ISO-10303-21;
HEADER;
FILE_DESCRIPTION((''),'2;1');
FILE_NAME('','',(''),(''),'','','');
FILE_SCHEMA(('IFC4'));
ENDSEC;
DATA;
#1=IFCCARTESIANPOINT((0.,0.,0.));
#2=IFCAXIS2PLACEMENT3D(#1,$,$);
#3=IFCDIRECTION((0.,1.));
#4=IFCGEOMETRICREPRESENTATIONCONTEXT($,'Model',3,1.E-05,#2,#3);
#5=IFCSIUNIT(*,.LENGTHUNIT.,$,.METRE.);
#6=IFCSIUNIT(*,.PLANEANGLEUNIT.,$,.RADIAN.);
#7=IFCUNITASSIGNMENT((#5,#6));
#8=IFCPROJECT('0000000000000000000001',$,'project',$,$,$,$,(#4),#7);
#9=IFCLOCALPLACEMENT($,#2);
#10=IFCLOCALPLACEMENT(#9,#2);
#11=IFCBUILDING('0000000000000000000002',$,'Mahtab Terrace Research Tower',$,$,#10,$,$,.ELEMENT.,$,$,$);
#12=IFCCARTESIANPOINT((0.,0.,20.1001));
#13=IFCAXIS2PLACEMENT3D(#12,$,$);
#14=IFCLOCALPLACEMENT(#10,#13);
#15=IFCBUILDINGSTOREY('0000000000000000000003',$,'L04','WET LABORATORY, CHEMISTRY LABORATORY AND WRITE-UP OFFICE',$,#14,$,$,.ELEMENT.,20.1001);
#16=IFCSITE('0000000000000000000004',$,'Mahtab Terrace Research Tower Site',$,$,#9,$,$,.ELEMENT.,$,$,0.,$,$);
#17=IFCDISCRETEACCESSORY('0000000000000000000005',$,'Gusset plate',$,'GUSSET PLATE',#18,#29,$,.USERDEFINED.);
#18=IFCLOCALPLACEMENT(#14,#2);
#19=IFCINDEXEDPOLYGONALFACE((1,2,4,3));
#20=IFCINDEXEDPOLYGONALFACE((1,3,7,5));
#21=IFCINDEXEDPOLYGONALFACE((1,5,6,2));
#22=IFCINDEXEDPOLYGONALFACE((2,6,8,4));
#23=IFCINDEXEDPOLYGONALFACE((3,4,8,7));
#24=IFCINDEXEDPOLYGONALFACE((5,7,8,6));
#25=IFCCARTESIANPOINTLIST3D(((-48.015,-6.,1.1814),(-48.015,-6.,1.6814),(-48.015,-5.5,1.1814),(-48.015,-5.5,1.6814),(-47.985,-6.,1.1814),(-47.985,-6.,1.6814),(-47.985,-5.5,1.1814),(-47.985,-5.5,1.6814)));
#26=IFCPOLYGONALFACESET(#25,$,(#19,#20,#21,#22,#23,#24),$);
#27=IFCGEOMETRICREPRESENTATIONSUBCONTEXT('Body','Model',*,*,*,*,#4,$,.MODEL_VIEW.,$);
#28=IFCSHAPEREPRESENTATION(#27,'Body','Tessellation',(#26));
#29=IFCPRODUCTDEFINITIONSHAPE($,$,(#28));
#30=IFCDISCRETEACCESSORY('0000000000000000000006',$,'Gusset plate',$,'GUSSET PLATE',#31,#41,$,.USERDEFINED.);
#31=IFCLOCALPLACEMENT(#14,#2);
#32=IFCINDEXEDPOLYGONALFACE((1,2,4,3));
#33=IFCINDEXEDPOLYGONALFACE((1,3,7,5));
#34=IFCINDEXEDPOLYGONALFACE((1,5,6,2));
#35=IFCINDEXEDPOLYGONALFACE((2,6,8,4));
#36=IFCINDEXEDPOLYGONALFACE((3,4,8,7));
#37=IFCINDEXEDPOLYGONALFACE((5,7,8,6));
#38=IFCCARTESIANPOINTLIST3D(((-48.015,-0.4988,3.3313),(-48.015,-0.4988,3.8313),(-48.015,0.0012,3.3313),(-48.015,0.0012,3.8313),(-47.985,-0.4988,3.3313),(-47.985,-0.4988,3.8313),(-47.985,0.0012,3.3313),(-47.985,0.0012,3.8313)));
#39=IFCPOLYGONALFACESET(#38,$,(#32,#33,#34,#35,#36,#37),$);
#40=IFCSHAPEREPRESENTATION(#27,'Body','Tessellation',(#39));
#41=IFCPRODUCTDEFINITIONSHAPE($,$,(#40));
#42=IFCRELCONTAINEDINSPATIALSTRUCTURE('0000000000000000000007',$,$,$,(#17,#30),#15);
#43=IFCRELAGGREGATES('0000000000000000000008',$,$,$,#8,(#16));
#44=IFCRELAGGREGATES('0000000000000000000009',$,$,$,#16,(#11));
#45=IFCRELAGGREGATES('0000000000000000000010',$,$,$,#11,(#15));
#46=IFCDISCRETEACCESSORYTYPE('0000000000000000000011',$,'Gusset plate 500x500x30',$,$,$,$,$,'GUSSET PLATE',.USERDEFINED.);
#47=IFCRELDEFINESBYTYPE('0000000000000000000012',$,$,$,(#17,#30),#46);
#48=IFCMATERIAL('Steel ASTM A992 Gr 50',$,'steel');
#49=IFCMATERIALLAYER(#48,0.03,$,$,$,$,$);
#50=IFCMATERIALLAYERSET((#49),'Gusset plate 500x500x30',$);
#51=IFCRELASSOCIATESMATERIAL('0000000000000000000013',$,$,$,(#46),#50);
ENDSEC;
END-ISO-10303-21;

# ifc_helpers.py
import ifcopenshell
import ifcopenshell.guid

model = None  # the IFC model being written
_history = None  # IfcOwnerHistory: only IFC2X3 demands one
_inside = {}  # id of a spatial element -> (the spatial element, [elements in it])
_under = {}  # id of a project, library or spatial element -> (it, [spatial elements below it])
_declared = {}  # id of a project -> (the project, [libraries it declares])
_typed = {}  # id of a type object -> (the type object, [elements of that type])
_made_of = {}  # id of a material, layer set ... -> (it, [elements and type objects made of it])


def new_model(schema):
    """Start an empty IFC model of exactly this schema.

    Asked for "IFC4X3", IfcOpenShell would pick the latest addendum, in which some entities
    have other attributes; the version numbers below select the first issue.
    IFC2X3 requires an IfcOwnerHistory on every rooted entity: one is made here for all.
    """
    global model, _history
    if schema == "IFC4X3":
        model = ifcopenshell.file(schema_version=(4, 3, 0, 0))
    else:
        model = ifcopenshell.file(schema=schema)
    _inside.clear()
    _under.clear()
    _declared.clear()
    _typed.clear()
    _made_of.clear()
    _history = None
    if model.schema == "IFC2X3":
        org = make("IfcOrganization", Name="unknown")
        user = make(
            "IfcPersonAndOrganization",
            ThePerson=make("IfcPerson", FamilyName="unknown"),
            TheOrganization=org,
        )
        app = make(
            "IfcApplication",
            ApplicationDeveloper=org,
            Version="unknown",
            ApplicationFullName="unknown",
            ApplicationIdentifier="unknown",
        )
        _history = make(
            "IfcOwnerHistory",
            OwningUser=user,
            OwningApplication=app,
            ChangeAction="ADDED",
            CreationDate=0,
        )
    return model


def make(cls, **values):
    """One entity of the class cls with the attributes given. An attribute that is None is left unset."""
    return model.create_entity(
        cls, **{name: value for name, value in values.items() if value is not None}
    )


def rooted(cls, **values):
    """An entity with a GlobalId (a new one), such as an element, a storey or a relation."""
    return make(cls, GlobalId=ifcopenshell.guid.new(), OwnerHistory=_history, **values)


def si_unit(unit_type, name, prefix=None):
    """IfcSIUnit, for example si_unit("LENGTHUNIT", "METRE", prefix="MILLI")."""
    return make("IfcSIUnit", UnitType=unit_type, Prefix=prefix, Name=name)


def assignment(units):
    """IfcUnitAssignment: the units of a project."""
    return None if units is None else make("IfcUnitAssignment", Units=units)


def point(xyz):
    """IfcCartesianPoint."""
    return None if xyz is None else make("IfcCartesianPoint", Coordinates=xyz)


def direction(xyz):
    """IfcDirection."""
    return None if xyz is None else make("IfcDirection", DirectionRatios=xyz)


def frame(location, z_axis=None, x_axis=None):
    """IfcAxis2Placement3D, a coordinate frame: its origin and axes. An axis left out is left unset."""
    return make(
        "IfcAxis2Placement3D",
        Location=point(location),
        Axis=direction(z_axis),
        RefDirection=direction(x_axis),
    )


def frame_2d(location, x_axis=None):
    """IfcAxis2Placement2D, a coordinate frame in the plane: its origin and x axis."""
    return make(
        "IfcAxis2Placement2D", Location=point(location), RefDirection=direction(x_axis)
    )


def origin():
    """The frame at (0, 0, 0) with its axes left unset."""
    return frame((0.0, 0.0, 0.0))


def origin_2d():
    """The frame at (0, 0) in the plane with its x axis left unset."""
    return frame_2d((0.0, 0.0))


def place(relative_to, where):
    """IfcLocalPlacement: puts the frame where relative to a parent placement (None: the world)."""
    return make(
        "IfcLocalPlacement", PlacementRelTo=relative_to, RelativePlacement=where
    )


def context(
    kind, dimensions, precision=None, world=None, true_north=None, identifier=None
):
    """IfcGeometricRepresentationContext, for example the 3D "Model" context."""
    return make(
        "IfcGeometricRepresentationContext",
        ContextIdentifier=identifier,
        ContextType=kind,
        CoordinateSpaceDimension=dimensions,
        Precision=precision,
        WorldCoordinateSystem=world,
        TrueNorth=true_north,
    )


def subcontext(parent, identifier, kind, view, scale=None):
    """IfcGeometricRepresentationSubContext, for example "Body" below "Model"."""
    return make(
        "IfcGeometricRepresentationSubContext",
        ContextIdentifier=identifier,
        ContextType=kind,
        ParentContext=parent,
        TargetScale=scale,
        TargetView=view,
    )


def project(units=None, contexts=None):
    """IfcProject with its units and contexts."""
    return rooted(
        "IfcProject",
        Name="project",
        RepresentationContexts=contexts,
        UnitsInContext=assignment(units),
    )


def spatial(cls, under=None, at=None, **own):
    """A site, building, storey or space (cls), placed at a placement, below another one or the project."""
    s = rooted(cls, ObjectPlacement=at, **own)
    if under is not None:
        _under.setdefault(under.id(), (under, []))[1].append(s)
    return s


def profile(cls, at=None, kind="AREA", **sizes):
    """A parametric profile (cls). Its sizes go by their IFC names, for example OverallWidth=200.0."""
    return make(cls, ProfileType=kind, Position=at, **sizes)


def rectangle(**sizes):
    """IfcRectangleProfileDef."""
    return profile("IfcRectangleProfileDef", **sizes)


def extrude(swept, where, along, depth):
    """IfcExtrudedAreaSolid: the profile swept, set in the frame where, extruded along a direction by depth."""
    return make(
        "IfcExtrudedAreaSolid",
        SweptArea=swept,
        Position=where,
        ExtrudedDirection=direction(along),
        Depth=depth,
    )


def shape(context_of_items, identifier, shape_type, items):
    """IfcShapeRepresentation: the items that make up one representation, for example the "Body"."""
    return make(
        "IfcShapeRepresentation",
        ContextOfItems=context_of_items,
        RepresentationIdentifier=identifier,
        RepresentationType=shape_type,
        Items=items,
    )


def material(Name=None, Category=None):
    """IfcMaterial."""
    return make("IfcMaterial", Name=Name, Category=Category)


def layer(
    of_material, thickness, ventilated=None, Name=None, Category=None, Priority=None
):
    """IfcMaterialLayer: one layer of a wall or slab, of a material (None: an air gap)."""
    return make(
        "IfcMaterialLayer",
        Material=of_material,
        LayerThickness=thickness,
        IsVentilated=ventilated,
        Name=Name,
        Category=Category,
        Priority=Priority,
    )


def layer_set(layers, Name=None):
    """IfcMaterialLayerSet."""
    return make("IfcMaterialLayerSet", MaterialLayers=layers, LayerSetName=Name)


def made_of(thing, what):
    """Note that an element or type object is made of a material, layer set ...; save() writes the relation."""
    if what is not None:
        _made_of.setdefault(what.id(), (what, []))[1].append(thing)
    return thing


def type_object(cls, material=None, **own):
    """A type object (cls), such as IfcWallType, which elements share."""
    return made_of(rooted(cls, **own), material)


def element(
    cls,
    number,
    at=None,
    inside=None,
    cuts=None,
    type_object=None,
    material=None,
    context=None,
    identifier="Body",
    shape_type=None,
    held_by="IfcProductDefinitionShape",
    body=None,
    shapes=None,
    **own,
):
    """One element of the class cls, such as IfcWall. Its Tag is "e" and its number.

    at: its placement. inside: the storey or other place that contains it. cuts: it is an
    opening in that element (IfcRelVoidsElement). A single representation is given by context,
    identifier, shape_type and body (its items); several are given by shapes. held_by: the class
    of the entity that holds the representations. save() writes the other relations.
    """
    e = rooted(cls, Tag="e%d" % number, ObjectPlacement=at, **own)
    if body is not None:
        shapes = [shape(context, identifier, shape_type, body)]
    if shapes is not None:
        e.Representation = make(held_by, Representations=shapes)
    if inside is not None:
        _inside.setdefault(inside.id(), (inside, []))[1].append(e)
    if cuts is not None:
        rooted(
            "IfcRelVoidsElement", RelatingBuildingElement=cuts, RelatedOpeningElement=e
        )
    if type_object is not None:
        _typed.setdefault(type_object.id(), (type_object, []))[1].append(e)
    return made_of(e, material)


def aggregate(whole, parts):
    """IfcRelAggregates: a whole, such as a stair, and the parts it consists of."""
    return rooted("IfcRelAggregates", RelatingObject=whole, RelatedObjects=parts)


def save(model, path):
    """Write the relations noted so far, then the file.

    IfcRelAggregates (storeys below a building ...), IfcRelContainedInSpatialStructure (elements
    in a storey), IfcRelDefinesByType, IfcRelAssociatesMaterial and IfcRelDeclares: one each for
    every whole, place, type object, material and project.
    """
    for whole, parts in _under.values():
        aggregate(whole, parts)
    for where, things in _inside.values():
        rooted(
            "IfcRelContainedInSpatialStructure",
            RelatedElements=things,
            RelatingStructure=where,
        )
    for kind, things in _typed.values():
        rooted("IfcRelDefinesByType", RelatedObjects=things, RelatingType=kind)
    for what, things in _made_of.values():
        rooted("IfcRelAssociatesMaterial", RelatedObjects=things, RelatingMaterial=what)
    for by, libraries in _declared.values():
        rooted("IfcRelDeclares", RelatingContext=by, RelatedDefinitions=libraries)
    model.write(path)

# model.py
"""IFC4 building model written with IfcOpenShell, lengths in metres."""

from ifc_helpers import new_model, si_unit, direction, frame, origin, origin_2d, place, context, subcontext, project, spatial, rectangle, extrude, material, layer, layer_set, type_object, element, save


model = new_model("IFC4")

# Units and contexts
model_context = context("Model", 3, precision=1e-05, world=origin(), true_north=direction((0.0, 1.0)))
body_context = subcontext(model_context, "Body", "Model", "MODEL_VIEW")
ifc_project = project(units=[si_unit("LENGTHUNIT", "METRE"), si_unit("PLANEANGLEUNIT", "RADIAN")], contexts=[model_context])

# Site, building, storey
site_placement = place(None, origin())
site = spatial("IfcSite", under=ifc_project, at=site_placement, Name="Mahtab Terrace Research Tower Site", CompositionType="ELEMENT", RefElevation=0.0)
building_placement = place(site_placement, origin())
building = spatial("IfcBuilding", under=site, at=building_placement, Name="Mahtab Terrace Research Tower", CompositionType="ELEMENT")
storey_placement = place(building_placement, frame((0.0, 0.0, 20.1001)))
storey = spatial("IfcBuildingStorey", under=building, at=storey_placement, Name="L04", Description="WET LABORATORY, CHEMISTRY LABORATORY AND WRITE-UP OFFICE", CompositionType="ELEMENT", Elevation=20.1001)

# Shared definitions
ifc_material_1 = material(Name="Steel ASTM A992 Gr 50", Category="steel")

# Discrete accessories
ifc_layer_1 = layer(ifc_material_1, 0.03)
ifc_layer_set_1 = layer_set([ifc_layer_1], Name="Gusset plate 500x500x30")
discrete_accessory_type = type_object("IfcDiscreteAccessoryType", Name="Gusset plate 500x500x30", ElementType="GUSSET PLATE", PredefinedType="USERDEFINED", material=ifc_layer_set_1)
for number, where, z_axis, x_axis, name in (
    (1, (-48.0, -5.75, 1.1814), (0.0, 0.0, 1.0), (0.0, 1.0, 0.0), "Gusset plate"),
    (2, (-48.0, -0.2488, 3.3313), (0.0, 0.0, 1.0), (0.0, 1.0, 0.0), "Gusset plate"),
):
    element("IfcDiscreteAccessory", number, at=place(storey_placement, frame(where, z_axis=z_axis, x_axis=x_axis)), inside=storey, type_object=discrete_accessory_type, Name=name, ObjectType="GUSSET PLATE", PredefinedType="USERDEFINED", context=body_context, shape_type="SweptSolid", body=[
        extrude(rectangle(XDim=0.5, YDim=0.03, at=origin_2d()), origin(), (0.0, 0.0, 1.0), 0.5),
    ])

save(model, "model.ifc")
